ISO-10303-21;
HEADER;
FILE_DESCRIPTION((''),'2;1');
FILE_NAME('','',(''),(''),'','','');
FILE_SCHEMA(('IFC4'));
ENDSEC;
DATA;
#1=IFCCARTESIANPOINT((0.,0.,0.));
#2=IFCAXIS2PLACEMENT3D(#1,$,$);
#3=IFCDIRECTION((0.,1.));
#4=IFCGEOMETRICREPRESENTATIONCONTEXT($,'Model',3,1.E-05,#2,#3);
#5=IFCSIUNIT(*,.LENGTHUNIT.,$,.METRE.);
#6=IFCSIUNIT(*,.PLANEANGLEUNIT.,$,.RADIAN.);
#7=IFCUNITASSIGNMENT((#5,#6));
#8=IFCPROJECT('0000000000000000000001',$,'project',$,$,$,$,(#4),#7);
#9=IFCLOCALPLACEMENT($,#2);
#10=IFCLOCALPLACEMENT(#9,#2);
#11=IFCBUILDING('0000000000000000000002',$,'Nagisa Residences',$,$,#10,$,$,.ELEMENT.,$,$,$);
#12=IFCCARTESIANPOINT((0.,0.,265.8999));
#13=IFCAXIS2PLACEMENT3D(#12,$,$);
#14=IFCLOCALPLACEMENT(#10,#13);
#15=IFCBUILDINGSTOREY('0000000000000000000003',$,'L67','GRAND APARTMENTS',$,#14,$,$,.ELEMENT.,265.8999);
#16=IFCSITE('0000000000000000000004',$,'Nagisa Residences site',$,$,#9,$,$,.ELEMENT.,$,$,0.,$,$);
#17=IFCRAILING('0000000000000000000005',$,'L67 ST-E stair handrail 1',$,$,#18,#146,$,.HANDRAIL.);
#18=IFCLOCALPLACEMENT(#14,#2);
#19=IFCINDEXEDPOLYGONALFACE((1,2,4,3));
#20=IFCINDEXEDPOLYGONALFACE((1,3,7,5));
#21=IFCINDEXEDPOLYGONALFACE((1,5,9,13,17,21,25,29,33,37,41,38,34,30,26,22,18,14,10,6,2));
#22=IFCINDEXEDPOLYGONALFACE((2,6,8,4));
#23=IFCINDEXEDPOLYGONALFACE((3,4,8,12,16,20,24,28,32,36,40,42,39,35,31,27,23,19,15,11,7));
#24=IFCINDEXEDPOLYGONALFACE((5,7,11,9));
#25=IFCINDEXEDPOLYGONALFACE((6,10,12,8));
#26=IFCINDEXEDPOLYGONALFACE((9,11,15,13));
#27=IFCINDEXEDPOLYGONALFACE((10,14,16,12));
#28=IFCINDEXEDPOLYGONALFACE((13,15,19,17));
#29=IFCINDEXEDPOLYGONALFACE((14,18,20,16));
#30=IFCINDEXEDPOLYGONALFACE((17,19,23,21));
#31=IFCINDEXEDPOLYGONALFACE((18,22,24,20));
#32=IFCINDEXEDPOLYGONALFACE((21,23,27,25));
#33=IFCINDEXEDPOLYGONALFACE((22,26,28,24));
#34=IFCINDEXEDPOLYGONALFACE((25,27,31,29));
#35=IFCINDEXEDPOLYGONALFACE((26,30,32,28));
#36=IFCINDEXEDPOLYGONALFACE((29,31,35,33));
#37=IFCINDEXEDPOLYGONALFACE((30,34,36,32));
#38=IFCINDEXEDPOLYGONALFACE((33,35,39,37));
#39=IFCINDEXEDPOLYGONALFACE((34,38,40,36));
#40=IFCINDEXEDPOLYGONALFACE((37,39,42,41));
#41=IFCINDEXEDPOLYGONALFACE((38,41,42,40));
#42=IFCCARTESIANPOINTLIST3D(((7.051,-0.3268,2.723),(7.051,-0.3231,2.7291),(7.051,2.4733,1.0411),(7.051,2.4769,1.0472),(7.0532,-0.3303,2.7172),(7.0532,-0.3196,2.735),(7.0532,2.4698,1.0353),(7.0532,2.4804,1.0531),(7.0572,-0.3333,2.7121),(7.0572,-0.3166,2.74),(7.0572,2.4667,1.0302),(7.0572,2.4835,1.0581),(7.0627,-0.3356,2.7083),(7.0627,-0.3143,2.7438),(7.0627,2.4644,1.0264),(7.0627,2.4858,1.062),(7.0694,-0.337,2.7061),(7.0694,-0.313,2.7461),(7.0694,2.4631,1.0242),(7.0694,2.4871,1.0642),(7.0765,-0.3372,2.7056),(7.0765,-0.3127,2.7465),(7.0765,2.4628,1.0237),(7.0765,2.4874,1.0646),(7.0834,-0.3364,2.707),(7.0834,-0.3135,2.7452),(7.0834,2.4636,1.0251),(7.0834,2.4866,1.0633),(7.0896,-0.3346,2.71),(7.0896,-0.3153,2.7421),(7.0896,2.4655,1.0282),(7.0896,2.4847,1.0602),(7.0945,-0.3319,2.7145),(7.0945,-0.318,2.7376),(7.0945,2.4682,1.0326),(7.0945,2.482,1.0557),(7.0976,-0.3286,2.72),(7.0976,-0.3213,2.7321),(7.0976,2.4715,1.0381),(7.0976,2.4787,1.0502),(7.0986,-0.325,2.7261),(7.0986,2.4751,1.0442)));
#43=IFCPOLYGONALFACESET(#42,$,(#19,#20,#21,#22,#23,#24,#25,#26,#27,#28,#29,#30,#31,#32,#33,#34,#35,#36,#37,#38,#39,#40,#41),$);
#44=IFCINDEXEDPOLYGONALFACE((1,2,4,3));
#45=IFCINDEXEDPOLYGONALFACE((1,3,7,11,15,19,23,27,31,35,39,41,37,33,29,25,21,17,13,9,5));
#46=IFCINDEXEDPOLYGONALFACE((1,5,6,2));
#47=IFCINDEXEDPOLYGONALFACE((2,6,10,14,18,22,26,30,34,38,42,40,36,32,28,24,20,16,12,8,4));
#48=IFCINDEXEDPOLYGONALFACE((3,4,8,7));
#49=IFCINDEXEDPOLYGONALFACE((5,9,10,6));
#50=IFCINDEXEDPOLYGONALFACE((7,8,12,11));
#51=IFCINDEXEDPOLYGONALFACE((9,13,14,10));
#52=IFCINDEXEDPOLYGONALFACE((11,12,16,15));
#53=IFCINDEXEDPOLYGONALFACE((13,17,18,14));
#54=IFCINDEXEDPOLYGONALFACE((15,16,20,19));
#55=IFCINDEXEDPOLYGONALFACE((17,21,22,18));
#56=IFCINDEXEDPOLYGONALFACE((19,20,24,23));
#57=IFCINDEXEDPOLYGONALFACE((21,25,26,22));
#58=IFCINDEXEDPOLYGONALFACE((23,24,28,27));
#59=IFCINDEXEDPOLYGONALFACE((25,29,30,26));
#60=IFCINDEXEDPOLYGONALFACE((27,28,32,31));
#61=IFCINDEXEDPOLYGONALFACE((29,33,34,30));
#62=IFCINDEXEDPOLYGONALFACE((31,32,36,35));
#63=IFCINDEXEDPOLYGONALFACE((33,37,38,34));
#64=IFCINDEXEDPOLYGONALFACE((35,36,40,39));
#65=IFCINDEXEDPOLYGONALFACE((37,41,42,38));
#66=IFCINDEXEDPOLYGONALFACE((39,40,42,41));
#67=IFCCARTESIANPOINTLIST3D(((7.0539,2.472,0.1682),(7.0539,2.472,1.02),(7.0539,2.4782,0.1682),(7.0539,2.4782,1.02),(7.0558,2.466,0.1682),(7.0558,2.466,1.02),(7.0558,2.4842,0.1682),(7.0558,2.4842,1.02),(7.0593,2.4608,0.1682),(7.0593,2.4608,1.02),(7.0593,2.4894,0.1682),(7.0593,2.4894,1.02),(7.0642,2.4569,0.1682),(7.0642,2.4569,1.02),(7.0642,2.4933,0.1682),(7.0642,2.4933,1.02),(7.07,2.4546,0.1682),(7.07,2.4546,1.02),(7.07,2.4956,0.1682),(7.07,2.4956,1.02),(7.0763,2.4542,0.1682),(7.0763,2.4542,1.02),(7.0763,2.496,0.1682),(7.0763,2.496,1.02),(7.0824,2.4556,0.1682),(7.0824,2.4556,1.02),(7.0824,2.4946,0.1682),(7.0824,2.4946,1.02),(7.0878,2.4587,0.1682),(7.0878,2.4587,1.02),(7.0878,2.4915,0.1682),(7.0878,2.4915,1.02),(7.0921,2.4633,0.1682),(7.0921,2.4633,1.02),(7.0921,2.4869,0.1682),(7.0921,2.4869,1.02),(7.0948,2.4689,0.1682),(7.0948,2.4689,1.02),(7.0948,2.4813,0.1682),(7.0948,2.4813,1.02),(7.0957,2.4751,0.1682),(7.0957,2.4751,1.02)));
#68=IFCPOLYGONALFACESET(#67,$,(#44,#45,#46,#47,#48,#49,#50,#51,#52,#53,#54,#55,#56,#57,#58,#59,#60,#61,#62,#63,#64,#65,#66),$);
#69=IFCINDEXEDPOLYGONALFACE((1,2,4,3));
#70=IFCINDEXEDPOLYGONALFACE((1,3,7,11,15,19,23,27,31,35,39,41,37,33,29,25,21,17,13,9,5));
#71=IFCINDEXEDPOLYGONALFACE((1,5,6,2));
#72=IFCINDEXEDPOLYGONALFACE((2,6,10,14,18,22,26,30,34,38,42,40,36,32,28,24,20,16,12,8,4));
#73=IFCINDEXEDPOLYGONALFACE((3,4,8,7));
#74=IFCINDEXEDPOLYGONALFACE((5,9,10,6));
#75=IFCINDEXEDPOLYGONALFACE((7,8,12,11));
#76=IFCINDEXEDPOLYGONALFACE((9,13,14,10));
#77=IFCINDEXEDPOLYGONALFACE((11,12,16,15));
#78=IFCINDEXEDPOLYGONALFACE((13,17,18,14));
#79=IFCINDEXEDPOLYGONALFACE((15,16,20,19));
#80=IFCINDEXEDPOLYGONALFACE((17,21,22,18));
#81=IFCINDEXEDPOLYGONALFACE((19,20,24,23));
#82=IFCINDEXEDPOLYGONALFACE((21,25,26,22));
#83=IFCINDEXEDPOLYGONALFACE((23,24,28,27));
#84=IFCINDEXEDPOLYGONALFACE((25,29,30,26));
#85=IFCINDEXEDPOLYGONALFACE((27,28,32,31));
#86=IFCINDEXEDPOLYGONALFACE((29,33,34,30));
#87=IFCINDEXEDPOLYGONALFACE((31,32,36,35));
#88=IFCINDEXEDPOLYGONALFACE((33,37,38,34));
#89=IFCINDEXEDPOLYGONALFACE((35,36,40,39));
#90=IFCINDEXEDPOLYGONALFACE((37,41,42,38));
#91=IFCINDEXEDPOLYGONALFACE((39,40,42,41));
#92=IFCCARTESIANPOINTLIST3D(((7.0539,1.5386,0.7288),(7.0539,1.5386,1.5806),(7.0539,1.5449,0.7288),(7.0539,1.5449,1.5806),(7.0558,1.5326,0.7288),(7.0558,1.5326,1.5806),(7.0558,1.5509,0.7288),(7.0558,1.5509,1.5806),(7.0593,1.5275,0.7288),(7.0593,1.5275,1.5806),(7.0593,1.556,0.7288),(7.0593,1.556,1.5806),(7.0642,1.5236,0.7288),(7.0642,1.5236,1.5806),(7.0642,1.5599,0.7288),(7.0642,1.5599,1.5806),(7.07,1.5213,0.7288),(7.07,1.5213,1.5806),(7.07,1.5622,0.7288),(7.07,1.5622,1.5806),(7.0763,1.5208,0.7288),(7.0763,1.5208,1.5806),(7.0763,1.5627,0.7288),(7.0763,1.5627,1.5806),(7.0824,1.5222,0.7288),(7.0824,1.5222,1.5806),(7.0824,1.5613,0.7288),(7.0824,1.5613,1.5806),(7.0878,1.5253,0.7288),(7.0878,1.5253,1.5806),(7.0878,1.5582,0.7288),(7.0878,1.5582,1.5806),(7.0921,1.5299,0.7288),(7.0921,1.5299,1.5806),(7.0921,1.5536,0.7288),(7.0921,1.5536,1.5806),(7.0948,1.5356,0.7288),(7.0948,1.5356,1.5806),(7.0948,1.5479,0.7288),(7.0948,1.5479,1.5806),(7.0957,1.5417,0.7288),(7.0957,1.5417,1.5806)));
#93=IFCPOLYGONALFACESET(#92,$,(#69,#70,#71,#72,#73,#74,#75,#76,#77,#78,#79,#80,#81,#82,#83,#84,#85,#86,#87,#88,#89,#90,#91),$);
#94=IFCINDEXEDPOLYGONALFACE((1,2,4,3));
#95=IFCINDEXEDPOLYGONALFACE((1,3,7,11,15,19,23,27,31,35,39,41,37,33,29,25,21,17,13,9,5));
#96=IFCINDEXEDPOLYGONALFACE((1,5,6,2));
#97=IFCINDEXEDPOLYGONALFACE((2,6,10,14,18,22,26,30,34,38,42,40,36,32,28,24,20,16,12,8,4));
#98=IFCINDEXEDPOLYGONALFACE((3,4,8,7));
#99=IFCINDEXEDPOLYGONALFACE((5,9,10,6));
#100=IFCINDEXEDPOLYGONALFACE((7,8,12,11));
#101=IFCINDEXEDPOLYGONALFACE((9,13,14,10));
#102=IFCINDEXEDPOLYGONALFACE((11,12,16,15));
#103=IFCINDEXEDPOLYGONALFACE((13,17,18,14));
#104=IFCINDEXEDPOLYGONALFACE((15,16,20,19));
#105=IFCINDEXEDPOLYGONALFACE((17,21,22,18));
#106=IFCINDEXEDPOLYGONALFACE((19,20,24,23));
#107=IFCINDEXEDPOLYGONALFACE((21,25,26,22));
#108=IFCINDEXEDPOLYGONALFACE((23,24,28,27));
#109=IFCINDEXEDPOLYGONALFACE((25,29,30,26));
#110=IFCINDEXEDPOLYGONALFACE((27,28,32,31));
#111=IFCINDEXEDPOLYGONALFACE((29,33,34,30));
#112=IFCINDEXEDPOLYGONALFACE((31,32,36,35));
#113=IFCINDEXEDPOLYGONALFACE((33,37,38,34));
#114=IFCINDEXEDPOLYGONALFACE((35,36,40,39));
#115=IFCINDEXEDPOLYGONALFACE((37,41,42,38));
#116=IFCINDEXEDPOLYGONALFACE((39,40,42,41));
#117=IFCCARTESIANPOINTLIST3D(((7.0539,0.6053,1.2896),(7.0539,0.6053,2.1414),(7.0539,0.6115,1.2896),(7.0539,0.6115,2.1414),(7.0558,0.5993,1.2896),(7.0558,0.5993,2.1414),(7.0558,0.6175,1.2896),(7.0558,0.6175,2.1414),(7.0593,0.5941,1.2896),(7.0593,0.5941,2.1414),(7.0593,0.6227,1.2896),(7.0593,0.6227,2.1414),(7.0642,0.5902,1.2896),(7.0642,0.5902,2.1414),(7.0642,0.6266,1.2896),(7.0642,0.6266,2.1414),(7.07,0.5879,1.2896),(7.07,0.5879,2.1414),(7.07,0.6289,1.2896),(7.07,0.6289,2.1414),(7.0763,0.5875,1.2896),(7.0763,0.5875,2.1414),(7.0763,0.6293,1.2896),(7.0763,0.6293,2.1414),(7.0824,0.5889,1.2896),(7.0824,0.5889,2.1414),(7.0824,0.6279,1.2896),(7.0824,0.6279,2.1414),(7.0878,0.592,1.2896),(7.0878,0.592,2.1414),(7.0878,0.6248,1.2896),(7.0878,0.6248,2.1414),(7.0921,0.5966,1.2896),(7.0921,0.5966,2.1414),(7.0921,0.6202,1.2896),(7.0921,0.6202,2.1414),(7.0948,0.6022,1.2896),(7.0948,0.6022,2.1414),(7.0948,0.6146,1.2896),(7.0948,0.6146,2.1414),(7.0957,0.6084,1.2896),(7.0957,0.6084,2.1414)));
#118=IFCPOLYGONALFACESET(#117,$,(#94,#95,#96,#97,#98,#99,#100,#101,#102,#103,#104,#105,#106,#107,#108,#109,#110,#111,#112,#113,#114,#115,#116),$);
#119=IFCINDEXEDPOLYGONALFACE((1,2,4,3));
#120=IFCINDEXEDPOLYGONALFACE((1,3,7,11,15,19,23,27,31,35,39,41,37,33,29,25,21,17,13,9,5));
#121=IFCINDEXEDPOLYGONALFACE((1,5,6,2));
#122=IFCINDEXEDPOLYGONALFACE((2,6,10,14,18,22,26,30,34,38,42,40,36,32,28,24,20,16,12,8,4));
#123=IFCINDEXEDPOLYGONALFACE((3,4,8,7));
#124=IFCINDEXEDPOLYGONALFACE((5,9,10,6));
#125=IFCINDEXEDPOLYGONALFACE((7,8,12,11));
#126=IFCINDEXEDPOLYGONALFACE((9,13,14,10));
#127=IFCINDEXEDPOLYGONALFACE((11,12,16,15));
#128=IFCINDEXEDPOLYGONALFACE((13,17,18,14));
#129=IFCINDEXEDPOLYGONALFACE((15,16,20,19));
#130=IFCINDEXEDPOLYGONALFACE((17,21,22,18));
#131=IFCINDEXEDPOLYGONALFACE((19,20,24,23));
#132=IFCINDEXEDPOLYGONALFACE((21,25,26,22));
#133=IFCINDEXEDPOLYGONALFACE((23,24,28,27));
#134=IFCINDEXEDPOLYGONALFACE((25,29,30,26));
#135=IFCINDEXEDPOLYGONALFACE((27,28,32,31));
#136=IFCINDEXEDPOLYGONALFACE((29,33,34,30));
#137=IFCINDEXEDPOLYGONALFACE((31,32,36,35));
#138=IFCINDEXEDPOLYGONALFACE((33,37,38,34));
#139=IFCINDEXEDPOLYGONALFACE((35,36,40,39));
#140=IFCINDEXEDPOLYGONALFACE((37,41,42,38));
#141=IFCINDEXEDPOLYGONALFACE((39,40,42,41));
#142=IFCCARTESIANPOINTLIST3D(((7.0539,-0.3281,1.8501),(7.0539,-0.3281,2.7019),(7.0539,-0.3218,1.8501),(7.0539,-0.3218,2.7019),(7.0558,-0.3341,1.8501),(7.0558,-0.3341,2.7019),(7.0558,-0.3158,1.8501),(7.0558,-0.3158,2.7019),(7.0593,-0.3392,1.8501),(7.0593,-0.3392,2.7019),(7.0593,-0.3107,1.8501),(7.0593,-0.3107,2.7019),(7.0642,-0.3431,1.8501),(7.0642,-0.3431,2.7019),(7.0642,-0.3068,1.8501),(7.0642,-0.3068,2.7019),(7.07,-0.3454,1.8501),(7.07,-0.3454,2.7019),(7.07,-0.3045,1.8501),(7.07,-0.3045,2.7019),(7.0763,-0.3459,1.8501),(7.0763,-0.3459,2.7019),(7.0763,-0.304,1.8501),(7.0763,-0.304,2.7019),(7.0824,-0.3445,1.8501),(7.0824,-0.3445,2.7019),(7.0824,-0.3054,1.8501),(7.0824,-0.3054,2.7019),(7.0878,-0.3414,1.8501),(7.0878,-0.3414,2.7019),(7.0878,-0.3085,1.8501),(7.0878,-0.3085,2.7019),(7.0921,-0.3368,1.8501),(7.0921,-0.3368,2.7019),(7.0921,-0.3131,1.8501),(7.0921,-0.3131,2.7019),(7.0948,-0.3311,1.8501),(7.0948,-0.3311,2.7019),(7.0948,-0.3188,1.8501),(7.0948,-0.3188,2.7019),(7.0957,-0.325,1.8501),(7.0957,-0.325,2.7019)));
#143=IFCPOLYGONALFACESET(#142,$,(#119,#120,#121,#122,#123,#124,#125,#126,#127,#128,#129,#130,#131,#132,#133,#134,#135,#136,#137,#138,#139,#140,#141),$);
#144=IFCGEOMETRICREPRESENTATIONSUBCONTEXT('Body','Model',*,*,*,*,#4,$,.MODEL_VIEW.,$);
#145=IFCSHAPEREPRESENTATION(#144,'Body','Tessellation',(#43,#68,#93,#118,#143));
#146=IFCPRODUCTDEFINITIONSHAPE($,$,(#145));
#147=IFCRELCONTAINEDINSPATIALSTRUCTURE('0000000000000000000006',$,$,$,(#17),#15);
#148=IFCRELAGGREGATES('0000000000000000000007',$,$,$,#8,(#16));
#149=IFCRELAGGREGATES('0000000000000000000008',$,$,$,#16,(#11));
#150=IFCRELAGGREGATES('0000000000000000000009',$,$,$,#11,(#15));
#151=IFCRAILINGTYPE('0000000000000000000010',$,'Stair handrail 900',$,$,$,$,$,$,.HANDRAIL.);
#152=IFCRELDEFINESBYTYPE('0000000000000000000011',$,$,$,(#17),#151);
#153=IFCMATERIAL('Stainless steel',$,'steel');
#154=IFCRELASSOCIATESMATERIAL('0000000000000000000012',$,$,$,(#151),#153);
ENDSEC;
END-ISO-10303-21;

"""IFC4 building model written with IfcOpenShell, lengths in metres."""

from ifc_helpers import new_model, si_unit, direction, frame, origin, origin_2d, place, context, subcontext, project, spatial, circle, extrude, material, type_object, element, save


model = new_model("IFC4")

# Units and contexts
model_context = context("Model", 3, precision=1e-05, world=origin(), true_north=direction((0.0, 1.0)))
body_context = subcontext(model_context, "Body", "Model", "MODEL_VIEW")
ifc_project = project(units=[si_unit("LENGTHUNIT", "METRE"), si_unit("PLANEANGLEUNIT", "RADIAN")], contexts=[model_context])

# Site, building, storey
site_placement = place(None, origin())
site = spatial("IfcSite", under=ifc_project, at=site_placement, Name="Nagisa Residences site", CompositionType="ELEMENT", RefElevation=0.0)
building_placement = place(site_placement, origin())
building = spatial("IfcBuilding", under=site, at=building_placement, Name="Nagisa Residences", CompositionType="ELEMENT")
storey_placement = place(building_placement, frame((0.0, 0.0, 265.8999)))
storey = spatial("IfcBuildingStorey", under=building, at=storey_placement, Name="L67", Description="GRAND APARTMENTS", CompositionType="ELEMENT", Elevation=265.8999)

# Railing
ifc_material_1 = material(Name="Stainless steel", Category="steel")
railing_type_1 = type_object("IfcRailingType", Name="Stair handrail 900", PredefinedType="HANDRAIL", material=ifc_material_1)
railing_1_placement = place(storey_placement, frame((7.0747, 2.4751, 0.1682)))
element("IfcRailing", 1, at=railing_1_placement, inside=storey, type_object=railing_type_1, Name="L67 ST-E stair handrail 1", PredefinedType="HANDRAIL", context=body_context, shape_type="SweptSolid", body=[
    extrude(circle(Radius=0.0239, at=origin_2d()), frame((0.0, 0.0, 0.876), z_axis=(0.0, -0.857242, 0.514913), x_axis=(1.0, 0.0, 0.0)), (0.0, 0.0, 1.0), 3.2664),
    extrude(circle(Radius=0.021, at=origin_2d()), origin(), (0.0, 0.0, 1.0), 0.8518),
    extrude(circle(Radius=0.021, at=origin_2d()), frame((0.0, -0.9333, 0.5605)), (0.0, 0.0, 1.0), 0.8518),
    extrude(circle(Radius=0.021, at=origin_2d()), frame((0.0, -1.8667, 1.1213)), (0.0, 0.0, 1.0), 0.8518),
    extrude(circle(Radius=0.021, at=origin_2d()), frame((0.0, -2.8, 1.6819)), (0.0, 0.0, 1.0), 0.8518),
])

save(model, "model.ifc")
